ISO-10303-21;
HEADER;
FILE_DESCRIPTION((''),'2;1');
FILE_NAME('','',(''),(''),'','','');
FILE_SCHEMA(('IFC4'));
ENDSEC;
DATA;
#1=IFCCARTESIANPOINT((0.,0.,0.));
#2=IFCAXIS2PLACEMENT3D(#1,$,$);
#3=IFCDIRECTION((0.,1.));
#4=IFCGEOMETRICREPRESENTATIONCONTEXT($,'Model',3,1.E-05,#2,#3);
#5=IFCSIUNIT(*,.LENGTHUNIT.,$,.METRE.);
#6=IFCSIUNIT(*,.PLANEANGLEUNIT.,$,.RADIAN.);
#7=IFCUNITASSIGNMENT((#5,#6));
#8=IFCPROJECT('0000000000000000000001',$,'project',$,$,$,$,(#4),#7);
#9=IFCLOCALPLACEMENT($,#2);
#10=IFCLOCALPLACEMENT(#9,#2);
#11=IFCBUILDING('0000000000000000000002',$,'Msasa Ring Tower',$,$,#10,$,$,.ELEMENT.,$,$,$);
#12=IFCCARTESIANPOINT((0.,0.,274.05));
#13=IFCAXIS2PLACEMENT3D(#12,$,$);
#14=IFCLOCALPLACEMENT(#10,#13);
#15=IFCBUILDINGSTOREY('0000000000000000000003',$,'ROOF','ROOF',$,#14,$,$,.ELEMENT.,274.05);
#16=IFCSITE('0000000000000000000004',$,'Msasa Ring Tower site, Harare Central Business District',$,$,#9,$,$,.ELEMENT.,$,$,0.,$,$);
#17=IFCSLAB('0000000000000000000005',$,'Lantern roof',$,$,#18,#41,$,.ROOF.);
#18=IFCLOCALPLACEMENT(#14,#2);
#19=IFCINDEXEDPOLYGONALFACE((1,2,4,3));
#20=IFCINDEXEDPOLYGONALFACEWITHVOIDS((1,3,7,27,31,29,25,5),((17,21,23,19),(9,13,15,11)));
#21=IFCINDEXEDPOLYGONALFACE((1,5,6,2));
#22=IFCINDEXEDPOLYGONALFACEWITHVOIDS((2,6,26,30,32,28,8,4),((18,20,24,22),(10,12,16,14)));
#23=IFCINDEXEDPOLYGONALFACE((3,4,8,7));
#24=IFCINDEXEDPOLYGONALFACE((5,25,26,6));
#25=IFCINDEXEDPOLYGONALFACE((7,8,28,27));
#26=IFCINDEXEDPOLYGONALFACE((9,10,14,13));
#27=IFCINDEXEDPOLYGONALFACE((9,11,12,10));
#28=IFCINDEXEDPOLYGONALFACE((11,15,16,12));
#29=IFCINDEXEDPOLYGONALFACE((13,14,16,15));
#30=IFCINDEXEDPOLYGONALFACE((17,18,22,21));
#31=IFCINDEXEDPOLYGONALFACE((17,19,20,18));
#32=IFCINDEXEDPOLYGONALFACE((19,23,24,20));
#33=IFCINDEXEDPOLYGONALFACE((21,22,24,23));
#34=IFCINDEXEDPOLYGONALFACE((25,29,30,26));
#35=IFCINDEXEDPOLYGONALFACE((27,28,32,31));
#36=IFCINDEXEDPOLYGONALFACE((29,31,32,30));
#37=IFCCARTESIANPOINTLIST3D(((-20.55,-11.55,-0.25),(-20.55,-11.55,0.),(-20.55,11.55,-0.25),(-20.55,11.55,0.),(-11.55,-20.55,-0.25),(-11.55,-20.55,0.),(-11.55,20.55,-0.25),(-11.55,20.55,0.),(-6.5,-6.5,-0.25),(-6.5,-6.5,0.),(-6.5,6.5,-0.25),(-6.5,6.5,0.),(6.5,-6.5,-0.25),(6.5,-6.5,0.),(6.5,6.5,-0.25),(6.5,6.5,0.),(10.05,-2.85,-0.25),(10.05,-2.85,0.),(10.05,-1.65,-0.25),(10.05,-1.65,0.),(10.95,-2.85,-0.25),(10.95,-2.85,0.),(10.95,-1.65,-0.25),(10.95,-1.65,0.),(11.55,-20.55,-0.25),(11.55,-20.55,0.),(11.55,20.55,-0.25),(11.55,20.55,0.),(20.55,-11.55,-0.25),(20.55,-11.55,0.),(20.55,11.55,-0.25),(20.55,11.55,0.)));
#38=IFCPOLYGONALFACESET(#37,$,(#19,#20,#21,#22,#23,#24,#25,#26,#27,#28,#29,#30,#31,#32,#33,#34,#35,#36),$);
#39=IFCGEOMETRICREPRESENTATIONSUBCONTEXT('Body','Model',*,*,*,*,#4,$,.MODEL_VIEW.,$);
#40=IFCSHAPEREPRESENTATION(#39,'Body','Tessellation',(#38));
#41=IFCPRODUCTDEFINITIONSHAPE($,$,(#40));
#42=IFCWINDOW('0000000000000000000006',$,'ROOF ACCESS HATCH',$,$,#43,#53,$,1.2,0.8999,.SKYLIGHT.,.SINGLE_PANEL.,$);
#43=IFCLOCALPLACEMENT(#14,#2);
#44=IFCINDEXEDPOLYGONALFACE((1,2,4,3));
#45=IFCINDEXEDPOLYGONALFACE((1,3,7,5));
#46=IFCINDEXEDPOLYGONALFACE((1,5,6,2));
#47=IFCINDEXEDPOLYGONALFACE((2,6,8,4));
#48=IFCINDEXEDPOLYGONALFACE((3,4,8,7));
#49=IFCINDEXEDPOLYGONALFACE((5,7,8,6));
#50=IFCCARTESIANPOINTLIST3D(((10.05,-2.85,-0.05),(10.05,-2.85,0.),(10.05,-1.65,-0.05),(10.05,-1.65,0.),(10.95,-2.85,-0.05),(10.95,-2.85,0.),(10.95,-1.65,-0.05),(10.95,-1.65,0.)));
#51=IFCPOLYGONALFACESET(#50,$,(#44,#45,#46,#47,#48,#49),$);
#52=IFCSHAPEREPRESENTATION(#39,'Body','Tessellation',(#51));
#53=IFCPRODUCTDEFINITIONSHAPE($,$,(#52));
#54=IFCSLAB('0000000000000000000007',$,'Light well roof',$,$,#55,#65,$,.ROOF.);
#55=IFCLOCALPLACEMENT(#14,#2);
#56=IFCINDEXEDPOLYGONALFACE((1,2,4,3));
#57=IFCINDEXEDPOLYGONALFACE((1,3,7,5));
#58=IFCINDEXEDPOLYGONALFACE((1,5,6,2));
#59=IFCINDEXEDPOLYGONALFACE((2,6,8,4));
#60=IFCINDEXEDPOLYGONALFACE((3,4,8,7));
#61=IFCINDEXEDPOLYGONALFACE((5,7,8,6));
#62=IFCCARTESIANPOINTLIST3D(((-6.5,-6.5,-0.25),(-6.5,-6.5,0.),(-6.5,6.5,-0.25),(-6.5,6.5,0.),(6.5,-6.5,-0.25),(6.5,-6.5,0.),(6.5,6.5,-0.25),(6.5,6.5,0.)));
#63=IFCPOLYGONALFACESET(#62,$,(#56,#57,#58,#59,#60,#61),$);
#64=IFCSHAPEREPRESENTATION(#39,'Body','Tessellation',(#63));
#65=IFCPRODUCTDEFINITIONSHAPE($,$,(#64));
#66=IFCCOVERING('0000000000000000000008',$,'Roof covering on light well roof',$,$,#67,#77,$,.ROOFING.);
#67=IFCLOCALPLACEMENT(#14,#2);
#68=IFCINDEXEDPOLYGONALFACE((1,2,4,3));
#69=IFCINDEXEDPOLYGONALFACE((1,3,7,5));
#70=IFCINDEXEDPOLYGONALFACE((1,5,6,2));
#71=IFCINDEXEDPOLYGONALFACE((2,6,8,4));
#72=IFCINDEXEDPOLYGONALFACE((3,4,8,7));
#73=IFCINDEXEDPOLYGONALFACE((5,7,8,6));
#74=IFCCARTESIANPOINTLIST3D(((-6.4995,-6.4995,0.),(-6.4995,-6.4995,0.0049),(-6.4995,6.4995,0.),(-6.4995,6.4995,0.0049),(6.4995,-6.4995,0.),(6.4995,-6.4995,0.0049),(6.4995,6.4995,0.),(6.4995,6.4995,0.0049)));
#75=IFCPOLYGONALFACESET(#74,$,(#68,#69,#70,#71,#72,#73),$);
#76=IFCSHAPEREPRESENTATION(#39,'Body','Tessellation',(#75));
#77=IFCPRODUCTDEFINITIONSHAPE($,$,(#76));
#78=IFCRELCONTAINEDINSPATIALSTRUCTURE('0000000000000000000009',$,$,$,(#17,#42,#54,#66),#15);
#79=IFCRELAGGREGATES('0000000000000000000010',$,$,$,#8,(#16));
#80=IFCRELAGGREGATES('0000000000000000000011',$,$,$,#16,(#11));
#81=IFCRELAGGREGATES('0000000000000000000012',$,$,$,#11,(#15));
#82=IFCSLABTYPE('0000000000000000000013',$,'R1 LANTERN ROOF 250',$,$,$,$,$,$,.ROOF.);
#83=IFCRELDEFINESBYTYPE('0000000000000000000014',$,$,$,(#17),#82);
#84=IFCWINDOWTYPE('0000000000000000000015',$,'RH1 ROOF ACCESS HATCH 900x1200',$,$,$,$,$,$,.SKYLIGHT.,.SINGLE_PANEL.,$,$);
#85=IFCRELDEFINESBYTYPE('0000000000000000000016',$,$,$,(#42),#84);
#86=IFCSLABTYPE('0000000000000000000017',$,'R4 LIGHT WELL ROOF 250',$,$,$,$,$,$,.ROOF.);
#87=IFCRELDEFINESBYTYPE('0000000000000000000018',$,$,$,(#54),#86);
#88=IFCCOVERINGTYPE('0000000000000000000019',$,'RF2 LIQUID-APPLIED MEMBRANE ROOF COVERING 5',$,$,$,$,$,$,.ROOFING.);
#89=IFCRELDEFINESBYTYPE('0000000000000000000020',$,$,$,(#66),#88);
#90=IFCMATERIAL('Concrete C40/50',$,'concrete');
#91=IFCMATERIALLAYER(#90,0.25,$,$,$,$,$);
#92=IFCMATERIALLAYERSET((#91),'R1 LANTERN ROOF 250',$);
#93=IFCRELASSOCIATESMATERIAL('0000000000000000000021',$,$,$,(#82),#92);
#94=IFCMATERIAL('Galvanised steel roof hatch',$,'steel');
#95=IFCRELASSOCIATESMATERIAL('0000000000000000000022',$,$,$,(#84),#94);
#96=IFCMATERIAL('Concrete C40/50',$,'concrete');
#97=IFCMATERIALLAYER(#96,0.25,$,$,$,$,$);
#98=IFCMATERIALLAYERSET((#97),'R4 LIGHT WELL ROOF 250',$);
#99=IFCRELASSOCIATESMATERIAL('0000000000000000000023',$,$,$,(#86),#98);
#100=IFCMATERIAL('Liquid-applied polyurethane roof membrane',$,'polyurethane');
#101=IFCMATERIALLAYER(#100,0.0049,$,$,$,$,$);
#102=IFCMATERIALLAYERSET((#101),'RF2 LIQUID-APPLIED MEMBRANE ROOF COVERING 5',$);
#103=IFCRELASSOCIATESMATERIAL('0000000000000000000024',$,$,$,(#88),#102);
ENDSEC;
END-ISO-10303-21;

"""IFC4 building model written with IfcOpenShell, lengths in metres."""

from ifc_helpers import new_model, si_unit, direction, frame, origin, origin_2d, place, context, subcontext, project, spatial, polyline, line, indexed_curve, rectangle, outline, extrude, material, layer, layer_set, type_object, element, fill, save


model = new_model("IFC4")

# Units and contexts
model_context = context("Model", 3, precision=1e-05, world=origin(), true_north=direction((0.0, 1.0)))
body_context = subcontext(model_context, "Body", "Model", "MODEL_VIEW")
ifc_project = project(units=[si_unit("LENGTHUNIT", "METRE"), si_unit("PLANEANGLEUNIT", "RADIAN")], contexts=[model_context])

# Site, building, storey
site_placement = place(None, origin())
site = spatial("IfcSite", under=ifc_project, at=site_placement, Name="Msasa Ring Tower site, Harare Central Business District", CompositionType="ELEMENT", RefElevation=0.0)
building_placement = place(site_placement, origin())
building = spatial("IfcBuilding", under=site, at=building_placement, Name="Msasa Ring Tower", CompositionType="ELEMENT")
storey_placement = place(building_placement, frame((0.0, 0.0, 274.05)))
storey = spatial("IfcBuildingStorey", under=building, at=storey_placement, Name="ROOF", Description="ROOF", CompositionType="ELEMENT", Elevation=274.05)

# Slab, opening, window
ifc_material_1 = material(Name="Concrete C40/50", Category="concrete")
ifc_layer_1 = layer(ifc_material_1, 0.25)
ifc_layer_set_1 = layer_set([ifc_layer_1], Name="R1 LANTERN ROOF 250")
slab_type_1 = type_object("IfcSlabType", Name="R1 LANTERN ROOF 250", PredefinedType="ROOF", material=ifc_layer_set_1)
slab_1_placement = place(storey_placement, frame((0.0, 0.0, -0.25)))
slab_1 = element("IfcSlab", 1, at=slab_1_placement, inside=storey, type_object=slab_type_1, Name="Lantern roof", PredefinedType="ROOF", context=body_context, shape_type="SweptSolid", body=[
    extrude(outline(polyline([(-11.55, -20.55), (11.55, -20.55), (20.55, -11.55), (20.55, 11.55), (11.55, 20.55), (-11.55, 20.55), (-20.55, 11.55), (-20.55, -11.55), (-11.55, -20.55)]), holes=[polyline([(-6.5, -6.5), (6.5, -6.5), (6.5, 6.5), (-6.5, 6.5), (-6.5, -6.5)])]), origin(), (0.0, 0.0, 1.0), 0.25),
])
opening_placement = place(slab_1_placement, frame((10.5, -2.25, 0.0)))
opening = element("IfcOpeningElement", 2, at=opening_placement, cuts=slab_1, PredefinedType="OPENING", context=body_context, shape_type="SweptSolid", body=[
    extrude(rectangle(XDim=0.8999, YDim=1.2, at=origin_2d()), origin(), (0.0, 0.0, 1.0), 0.25),
])
ifc_material_2 = material(Name="Galvanised steel roof hatch", Category="steel")
window_type = type_object("IfcWindowType", Name="RH1 ROOF ACCESS HATCH 900x1200", PartitioningType="SINGLE_PANEL", PredefinedType="SKYLIGHT", material=ifc_material_2)
window_placement = place(opening_placement, frame((0.0, 0.0, 0.2)))
window = element("IfcWindow", 3, at=window_placement, inside=storey, type_object=window_type, Name="ROOF ACCESS HATCH", OverallHeight=1.2, OverallWidth=0.8999, PartitioningType="SINGLE_PANEL", PredefinedType="SKYLIGHT", context=body_context, shape_type="SweptSolid", body=[
    extrude(rectangle(XDim=0.8999, YDim=1.2, at=origin_2d()), origin(), (0.0, 0.0, 1.0), 0.05),
])
fill(opening, window)

# Slab
ifc_material_3 = material(Name="Concrete C40/50", Category="concrete")
ifc_layer_2 = layer(ifc_material_3, 0.25)
ifc_layer_set_2 = layer_set([ifc_layer_2], Name="R4 LIGHT WELL ROOF 250")
slab_type_2 = type_object("IfcSlabType", Name="R4 LIGHT WELL ROOF 250", PredefinedType="ROOF", material=ifc_layer_set_2)
slab_2_placement = place(storey_placement, frame((0.0, 0.0, -0.25)))
element("IfcSlab", 4, at=slab_2_placement, inside=storey, type_object=slab_type_2, Name="Light well roof", PredefinedType="ROOF", context=body_context, shape_type="SweptSolid", body=[
    extrude(outline(polyline([(-6.5, -6.5), (6.5, -6.5), (6.5, 6.5), (-6.5, 6.5), (-6.5, -6.5)])), origin(), (0.0, 0.0, 1.0), 0.25),
])

# Covering
ifc_material_4 = material(Name="Liquid-applied polyurethane roof membrane", Category="polyurethane")
ifc_layer_3 = layer(ifc_material_4, 0.0049)
ifc_layer_set_3 = layer_set([ifc_layer_3], Name="RF2 LIQUID-APPLIED MEMBRANE ROOF COVERING 5")
covering_type_1 = type_object("IfcCoveringType", Name="RF2 LIQUID-APPLIED MEMBRANE ROOF COVERING 5", PredefinedType="ROOFING", material=ifc_layer_set_3)
covering_1_placement = place(storey_placement, origin())
element("IfcCovering", 5, at=covering_1_placement, inside=storey, type_object=covering_type_1, Name="Roof covering on light well roof", PredefinedType="ROOFING", context=body_context, shape_type="SweptSolid", body=[
    extrude(outline(indexed_curve([(-6.4995, -6.4995), (-6.4995, 6.4995), (6.4995, 6.4995), (6.4995, -6.4995)], segments=[line(1, 2, 3, 4, 1)], self_intersect=False)), origin(), (0.0, 0.0, 1.0), 0.0049),
])

save(model, "model.ifc")
